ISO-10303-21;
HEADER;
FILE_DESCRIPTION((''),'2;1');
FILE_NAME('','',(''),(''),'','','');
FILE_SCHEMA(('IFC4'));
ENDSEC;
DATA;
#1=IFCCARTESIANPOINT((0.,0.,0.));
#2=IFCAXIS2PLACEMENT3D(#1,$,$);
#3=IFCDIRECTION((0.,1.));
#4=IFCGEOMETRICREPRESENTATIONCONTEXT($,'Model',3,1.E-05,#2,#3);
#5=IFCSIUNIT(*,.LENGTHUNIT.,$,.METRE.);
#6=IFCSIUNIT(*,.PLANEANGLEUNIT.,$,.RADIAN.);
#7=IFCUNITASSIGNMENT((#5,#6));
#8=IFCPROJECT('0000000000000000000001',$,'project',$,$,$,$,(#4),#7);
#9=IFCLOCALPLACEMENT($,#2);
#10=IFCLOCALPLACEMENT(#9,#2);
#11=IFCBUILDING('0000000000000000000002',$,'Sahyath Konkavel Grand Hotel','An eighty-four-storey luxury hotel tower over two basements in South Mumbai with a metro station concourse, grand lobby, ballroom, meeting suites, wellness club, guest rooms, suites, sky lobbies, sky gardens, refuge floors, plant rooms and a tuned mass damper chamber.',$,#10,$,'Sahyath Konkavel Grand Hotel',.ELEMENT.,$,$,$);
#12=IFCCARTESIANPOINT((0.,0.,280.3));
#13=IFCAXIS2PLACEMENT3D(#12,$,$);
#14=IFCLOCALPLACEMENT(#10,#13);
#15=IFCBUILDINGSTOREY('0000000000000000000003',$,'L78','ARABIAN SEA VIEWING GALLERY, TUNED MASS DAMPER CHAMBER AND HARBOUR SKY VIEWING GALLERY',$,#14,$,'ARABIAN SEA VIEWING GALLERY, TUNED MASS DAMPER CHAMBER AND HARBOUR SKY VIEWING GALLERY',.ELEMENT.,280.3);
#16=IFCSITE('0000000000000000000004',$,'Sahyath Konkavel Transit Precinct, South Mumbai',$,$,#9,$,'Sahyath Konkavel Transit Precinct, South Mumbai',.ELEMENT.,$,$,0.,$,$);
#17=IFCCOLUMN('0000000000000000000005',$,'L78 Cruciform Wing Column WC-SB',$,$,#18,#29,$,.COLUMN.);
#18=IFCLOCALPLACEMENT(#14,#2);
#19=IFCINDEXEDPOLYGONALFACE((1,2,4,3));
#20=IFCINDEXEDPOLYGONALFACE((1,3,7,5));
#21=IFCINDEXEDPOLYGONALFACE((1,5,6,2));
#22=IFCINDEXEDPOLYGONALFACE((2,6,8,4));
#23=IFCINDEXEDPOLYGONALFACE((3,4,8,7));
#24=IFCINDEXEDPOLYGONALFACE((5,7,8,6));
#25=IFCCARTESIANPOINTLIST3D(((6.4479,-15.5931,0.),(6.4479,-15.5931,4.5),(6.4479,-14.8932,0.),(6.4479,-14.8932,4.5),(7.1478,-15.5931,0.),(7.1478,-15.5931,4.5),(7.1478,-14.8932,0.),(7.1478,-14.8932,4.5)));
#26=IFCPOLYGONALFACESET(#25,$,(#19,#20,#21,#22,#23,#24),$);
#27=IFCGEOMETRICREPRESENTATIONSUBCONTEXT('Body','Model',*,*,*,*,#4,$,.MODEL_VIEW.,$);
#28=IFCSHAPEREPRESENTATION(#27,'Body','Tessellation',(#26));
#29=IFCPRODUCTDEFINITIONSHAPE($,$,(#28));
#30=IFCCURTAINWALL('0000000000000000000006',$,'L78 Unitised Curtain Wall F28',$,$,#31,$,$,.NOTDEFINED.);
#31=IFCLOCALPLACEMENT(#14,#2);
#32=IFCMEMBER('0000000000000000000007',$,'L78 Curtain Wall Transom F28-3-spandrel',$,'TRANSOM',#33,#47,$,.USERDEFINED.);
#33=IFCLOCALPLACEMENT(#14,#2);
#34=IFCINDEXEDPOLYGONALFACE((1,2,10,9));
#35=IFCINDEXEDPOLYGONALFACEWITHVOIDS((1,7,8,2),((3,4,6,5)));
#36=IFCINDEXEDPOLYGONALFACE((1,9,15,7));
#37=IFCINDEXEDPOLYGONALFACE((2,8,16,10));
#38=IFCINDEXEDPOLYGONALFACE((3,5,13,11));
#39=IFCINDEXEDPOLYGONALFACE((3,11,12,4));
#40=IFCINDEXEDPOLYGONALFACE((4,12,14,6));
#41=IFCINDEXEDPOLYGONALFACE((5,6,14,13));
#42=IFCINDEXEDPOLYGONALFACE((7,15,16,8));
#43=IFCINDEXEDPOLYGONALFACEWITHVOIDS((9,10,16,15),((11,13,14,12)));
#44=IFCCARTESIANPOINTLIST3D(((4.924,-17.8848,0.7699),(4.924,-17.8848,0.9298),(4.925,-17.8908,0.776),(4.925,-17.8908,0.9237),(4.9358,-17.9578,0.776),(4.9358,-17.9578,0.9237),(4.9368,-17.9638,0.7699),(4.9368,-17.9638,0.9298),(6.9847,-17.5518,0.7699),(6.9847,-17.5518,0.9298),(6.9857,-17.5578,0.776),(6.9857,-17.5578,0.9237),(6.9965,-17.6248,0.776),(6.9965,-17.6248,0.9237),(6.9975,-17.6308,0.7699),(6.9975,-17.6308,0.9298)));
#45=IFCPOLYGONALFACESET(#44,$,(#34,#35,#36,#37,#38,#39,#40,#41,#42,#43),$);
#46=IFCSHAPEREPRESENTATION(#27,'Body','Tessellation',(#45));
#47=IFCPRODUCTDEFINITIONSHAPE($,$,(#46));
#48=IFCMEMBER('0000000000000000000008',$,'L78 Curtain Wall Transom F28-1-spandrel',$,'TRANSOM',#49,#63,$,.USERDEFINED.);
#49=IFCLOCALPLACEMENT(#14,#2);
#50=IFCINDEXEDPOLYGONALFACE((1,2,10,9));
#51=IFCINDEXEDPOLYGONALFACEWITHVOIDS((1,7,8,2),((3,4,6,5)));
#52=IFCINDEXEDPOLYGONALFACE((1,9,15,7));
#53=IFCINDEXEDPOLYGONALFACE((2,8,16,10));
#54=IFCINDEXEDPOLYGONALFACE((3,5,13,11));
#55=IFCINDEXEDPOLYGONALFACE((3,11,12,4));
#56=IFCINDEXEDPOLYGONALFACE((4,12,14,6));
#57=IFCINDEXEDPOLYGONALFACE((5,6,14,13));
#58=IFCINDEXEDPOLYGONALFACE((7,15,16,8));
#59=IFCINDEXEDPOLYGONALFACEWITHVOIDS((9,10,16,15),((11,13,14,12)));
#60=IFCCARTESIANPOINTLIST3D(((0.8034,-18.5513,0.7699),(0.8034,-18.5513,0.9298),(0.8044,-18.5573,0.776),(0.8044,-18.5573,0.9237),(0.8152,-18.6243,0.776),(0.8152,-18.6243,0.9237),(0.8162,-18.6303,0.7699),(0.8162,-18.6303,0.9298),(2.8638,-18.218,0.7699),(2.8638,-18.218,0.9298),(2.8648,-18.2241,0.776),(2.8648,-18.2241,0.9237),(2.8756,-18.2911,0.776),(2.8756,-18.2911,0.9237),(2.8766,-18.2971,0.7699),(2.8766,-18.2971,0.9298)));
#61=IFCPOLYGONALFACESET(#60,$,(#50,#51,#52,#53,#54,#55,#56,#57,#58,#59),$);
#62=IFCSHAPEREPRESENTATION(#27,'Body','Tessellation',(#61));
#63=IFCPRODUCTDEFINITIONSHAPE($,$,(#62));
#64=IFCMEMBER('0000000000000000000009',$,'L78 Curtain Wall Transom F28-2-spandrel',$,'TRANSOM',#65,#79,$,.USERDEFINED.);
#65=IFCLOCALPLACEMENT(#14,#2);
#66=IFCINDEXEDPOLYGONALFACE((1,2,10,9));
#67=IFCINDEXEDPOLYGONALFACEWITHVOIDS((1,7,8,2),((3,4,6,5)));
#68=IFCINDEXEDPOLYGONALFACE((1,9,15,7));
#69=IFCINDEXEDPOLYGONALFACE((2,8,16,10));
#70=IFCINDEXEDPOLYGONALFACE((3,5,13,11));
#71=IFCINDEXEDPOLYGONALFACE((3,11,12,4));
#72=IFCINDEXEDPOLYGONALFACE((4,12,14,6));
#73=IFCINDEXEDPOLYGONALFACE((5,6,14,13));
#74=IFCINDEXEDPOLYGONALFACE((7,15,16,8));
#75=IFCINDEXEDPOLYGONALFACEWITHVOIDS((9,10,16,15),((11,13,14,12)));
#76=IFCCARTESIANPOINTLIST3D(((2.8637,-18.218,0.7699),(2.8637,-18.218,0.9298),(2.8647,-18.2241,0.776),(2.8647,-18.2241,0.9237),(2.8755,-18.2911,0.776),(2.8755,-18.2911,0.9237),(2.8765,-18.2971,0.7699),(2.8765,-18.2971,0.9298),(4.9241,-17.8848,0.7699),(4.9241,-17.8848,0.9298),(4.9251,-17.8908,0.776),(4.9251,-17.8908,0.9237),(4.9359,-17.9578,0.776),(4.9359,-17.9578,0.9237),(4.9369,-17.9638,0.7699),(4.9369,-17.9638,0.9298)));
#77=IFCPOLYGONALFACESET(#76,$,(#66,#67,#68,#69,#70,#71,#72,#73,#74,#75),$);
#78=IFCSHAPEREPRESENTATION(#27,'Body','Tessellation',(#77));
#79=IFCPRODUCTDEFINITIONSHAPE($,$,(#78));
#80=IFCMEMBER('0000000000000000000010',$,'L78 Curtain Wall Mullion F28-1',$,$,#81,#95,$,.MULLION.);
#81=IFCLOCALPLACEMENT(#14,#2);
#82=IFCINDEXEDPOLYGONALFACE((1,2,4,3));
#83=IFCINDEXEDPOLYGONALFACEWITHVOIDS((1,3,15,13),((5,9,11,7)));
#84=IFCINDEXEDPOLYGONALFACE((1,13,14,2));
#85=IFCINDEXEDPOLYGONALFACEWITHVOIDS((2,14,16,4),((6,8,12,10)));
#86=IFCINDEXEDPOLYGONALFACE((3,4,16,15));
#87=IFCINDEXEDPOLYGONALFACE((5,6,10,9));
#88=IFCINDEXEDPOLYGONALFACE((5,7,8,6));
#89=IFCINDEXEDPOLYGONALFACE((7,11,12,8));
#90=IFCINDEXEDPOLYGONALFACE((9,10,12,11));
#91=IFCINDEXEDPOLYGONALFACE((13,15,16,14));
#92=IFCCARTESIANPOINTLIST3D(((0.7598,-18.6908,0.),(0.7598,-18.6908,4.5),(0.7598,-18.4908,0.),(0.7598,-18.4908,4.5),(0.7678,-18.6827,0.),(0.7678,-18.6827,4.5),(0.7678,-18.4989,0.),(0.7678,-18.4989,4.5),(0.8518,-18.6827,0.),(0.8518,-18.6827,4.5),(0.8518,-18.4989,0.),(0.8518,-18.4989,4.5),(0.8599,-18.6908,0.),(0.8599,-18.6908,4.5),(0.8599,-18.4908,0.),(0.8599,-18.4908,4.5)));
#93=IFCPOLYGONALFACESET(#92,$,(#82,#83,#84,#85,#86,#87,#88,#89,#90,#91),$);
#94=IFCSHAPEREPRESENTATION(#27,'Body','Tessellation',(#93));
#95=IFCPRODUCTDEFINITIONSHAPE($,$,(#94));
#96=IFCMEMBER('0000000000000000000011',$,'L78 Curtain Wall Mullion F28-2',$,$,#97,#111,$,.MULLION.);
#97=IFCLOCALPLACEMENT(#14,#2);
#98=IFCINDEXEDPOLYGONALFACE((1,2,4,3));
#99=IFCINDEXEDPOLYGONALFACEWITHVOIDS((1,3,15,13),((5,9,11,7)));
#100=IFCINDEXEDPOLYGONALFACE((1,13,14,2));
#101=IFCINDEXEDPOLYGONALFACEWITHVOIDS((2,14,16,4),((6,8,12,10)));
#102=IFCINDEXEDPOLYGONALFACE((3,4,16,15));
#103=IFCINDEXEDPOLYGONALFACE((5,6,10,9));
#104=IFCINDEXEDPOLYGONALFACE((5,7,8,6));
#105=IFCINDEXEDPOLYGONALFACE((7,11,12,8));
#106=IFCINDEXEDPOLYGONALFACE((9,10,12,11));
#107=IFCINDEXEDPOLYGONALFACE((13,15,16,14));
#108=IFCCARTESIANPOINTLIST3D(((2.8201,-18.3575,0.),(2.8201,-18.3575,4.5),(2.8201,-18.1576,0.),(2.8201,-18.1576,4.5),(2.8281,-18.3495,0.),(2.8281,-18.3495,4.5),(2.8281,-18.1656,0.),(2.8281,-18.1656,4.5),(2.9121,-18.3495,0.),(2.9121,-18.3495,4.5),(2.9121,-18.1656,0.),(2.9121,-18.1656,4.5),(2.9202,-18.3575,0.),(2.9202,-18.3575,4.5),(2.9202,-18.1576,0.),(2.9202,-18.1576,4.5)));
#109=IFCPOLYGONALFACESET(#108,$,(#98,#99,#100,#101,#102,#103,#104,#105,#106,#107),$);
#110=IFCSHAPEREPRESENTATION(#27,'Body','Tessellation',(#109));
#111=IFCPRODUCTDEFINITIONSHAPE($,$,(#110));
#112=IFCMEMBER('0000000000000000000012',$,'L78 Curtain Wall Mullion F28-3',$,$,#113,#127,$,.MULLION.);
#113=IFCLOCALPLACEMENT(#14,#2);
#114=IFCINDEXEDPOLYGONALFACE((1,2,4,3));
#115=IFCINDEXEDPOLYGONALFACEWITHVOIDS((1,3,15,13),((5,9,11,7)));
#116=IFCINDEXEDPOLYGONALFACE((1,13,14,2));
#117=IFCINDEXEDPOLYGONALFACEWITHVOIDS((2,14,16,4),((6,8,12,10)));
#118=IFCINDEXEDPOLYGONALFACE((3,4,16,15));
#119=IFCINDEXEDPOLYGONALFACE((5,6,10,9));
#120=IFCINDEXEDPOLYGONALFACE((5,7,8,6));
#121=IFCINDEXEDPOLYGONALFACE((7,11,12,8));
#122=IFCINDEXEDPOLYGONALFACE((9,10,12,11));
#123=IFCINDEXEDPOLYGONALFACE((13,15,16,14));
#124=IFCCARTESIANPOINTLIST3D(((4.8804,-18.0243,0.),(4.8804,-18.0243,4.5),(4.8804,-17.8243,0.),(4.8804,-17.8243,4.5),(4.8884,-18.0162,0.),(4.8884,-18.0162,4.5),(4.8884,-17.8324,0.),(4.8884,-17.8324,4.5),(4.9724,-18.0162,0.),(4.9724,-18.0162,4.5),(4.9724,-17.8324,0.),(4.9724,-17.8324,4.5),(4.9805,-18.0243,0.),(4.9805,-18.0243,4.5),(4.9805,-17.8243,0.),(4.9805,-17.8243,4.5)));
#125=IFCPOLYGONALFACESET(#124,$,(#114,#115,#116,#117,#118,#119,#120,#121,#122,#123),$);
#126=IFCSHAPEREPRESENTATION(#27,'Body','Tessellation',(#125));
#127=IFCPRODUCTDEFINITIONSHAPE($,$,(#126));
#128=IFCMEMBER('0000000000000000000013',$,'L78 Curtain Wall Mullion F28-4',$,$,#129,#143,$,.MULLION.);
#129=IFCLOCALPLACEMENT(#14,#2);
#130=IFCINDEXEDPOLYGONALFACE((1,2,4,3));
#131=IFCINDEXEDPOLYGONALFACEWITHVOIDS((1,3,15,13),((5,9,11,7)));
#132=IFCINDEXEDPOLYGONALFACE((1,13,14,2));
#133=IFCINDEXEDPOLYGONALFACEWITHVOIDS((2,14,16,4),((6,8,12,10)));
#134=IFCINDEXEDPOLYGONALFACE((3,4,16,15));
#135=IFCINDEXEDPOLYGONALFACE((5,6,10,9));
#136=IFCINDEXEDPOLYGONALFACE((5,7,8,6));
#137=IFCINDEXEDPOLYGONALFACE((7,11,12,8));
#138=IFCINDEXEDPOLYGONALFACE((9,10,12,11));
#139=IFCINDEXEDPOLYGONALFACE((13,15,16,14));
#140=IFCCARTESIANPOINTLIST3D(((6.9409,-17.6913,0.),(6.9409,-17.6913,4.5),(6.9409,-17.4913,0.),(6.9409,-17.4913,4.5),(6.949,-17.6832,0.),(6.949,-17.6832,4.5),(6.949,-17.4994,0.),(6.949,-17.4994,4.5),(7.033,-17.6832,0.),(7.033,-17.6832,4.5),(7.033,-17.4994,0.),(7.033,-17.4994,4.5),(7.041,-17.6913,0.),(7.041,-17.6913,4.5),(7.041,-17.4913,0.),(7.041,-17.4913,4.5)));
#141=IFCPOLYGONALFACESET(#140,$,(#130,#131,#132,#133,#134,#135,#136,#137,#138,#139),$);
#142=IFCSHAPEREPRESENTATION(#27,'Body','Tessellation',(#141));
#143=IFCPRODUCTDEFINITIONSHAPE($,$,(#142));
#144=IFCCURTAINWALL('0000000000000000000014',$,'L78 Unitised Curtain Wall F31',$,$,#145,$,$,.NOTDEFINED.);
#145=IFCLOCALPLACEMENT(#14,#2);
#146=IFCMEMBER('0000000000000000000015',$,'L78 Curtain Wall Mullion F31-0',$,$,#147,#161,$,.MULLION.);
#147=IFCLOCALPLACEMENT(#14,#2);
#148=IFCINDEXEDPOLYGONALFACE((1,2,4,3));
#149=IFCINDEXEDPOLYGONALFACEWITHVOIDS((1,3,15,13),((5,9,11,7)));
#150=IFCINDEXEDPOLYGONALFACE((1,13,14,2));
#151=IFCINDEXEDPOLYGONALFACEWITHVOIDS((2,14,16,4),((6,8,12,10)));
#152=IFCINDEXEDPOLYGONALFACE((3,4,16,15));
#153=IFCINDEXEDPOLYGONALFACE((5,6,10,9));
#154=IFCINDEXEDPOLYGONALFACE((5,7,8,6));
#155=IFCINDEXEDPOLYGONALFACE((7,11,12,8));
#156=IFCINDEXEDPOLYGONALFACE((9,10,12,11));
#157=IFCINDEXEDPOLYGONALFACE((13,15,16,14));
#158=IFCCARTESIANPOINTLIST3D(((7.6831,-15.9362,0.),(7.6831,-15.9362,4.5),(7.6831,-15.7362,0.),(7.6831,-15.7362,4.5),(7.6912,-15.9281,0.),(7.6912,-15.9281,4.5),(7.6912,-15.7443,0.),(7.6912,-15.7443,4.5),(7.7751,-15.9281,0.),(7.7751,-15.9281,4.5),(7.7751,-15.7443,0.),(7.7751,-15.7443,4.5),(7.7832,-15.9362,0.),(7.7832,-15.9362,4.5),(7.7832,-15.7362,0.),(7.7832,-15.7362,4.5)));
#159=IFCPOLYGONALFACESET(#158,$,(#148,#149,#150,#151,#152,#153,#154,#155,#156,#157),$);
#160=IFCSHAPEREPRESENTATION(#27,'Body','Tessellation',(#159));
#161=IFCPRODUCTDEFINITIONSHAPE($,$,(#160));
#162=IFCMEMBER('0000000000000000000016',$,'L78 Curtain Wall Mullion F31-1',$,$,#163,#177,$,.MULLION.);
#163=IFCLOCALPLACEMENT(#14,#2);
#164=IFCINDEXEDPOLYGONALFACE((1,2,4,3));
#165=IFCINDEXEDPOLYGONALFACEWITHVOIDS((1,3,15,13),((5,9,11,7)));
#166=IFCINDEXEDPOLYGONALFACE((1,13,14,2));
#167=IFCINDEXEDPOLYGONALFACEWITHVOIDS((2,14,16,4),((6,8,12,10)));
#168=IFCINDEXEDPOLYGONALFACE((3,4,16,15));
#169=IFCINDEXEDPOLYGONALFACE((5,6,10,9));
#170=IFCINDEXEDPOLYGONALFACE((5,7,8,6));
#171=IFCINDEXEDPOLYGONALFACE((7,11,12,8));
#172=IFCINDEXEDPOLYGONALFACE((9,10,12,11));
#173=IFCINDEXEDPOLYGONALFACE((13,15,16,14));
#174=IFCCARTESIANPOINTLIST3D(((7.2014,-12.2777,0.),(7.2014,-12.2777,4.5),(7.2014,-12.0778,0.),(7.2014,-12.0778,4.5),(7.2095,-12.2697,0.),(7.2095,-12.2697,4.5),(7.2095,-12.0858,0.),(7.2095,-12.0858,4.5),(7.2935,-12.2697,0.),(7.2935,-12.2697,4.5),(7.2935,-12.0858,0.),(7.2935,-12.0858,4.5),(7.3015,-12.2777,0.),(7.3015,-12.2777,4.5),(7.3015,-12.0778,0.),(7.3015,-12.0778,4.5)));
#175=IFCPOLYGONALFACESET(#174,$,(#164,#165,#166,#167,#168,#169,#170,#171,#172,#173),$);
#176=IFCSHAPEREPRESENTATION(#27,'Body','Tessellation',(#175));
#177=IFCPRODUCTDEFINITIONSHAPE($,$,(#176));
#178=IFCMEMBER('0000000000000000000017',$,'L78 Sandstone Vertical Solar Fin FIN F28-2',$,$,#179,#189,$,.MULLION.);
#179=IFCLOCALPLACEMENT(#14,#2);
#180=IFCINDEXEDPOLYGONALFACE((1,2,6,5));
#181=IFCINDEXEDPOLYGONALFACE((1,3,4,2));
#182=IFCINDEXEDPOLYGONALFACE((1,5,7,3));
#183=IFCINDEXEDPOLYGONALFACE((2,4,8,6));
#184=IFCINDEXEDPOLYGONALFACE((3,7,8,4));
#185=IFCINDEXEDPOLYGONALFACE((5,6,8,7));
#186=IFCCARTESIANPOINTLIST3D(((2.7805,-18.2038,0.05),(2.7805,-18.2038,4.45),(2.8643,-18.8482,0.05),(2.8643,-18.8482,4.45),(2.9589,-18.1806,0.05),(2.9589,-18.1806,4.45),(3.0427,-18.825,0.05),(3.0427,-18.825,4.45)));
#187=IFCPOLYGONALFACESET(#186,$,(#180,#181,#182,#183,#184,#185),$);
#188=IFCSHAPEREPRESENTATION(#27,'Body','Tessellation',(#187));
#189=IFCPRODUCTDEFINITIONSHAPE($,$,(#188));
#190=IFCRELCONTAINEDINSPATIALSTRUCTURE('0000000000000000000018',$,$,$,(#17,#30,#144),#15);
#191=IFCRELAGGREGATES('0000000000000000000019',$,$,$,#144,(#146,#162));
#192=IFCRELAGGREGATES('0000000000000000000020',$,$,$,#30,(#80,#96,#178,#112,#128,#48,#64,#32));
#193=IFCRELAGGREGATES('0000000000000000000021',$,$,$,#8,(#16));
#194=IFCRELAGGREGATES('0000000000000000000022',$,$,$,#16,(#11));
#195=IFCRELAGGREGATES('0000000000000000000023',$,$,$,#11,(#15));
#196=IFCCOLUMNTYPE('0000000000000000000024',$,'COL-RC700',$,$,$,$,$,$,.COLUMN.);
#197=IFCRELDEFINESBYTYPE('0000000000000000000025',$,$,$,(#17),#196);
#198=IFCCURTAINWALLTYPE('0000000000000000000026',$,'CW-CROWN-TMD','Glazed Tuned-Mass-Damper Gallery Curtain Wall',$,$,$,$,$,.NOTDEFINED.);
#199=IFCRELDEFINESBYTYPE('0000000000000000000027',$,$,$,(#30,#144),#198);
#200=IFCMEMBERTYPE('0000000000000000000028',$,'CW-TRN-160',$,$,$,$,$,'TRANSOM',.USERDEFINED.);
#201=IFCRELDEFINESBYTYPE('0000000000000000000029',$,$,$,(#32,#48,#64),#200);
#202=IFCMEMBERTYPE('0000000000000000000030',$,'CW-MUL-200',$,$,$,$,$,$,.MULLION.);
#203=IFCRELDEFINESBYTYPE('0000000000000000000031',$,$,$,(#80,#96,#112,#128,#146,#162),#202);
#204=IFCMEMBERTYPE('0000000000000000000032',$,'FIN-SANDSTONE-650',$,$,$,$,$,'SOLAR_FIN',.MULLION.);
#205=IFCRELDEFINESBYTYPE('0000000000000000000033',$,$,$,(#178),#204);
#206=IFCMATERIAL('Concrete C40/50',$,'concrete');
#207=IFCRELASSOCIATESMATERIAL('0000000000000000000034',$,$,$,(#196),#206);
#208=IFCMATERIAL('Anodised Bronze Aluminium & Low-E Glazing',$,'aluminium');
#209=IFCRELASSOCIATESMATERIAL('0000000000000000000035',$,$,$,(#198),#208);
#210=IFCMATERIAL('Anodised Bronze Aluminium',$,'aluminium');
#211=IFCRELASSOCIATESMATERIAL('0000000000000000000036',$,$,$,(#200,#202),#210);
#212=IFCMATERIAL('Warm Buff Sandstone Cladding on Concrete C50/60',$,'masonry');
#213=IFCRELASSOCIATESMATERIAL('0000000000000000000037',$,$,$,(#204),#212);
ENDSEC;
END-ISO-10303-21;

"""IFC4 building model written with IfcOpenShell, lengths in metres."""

from ifc_helpers import new_model, si_unit, direction, frame, origin, origin_2d, place, context, subcontext, project, spatial, rectangle, hollow_rectangle, extrude, source, transform, mapped, material, material_profile, profile_set, type_object, element, aggregate, save


model = new_model("IFC4")

# Units and contexts
model_context = context("Model", 3, precision=1e-05, world=origin(), true_north=direction((0.0, 1.0)))
body_context = subcontext(model_context, "Body", "Model", "MODEL_VIEW")
ifc_project = project(units=[si_unit("LENGTHUNIT", "METRE"), si_unit("PLANEANGLEUNIT", "RADIAN")], contexts=[model_context])

# Site, building, storey
site_placement = place(None, origin())
site = spatial("IfcSite", under=ifc_project, at=site_placement, Name="Sahyath Konkavel Transit Precinct, South Mumbai", LongName="Sahyath Konkavel Transit Precinct, South Mumbai", CompositionType="ELEMENT", RefElevation=0.0)
building_placement = place(site_placement, origin())
building = spatial("IfcBuilding", under=site, at=building_placement, Name="Sahyath Konkavel Grand Hotel", Description="An eighty-four-storey luxury hotel tower over two basements in South Mumbai with a metro station concourse, grand lobby, ballroom, meeting suites, wellness club, guest rooms, suites, sky lobbies, sky gardens, refuge floors, plant rooms and a tuned mass damper chamber.", LongName="Sahyath Konkavel Grand Hotel", CompositionType="ELEMENT")
storey_placement = place(building_placement, frame((0.0, 0.0, 280.3)))
storey = spatial("IfcBuildingStorey", under=building, at=storey_placement, Name="L78", Description="ARABIAN SEA VIEWING GALLERY, TUNED MASS DAMPER CHAMBER AND HARBOUR SKY VIEWING GALLERY", LongName="ARABIAN SEA VIEWING GALLERY, TUNED MASS DAMPER CHAMBER AND HARBOUR SKY VIEWING GALLERY", CompositionType="ELEMENT", Elevation=280.3)

# Column
ifc_material_1 = material(Name="Concrete C40/50", Category="concrete")
ifc_material_profile_1 = material_profile(ifc_material_1, rectangle(XDim=0.7, YDim=0.7, at=origin_2d()), Name="RC 700x700")
ifc_profile_set_1 = profile_set([ifc_material_profile_1], Name="Concrete C40/50")
column_type = type_object("IfcColumnType", Name="COL-RC700", PredefinedType="COLUMN", material=ifc_profile_set_1)
shared_shape_1 = source(origin(), body_context, "Body", "SweptSolid", [
    extrude(rectangle(XDim=0.7, YDim=0.7, at=origin_2d()), origin(), (0.0, 0.0, 1.0), 4.5),
])
column_placement = place(storey_placement, frame((6.7979, -15.2432, 0.0), z_axis=(0.0, 0.0, 1.0), x_axis=(1.0, 0.0, 0.0)))
element("IfcColumn", 1, at=column_placement, inside=storey, type_object=column_type, Name="L78 Cruciform Wing Column WC-SB", PredefinedType="COLUMN", context=body_context, shape_type="MappedRepresentation", body=[
    mapped(shared_shape_1, transform((0.0, 0.0, 0.0), scale=1.0)),
])

# Curtain walls, members
ifc_material_2 = material(Name="Anodised Bronze Aluminium & Low-E Glazing", Category="aluminium")
curtain_wall_type = type_object("IfcCurtainWallType", Name="CW-CROWN-TMD", Description="Glazed Tuned-Mass-Damper Gallery Curtain Wall", PredefinedType="NOTDEFINED", material=ifc_material_2)
curtain_wall_1_placement = place(storey_placement, origin())
curtain_wall_1 = element("IfcCurtainWall", 2, at=curtain_wall_1_placement, inside=storey, type_object=curtain_wall_type, Name="L78 Unitised Curtain Wall F28", PredefinedType="NOTDEFINED")
ifc_material_3 = material(Name="Anodised Bronze Aluminium", Category="aluminium")
ifc_material_profile_2 = material_profile(ifc_material_3, hollow_rectangle(XDim=0.0801, YDim=0.1599, WallThickness=0.0061, at=origin_2d()), Name="RHS 160x80x6")
ifc_profile_set_2 = profile_set([ifc_material_profile_2], Name="Anodised Bronze Aluminium")
member_type_1 = type_object("IfcMemberType", Name="CW-TRN-160", ElementType="TRANSOM", PredefinedType="USERDEFINED", material=ifc_profile_set_2)
shared_shape_2 = source(origin(), body_context, "Body", "SweptSolid", [
    extrude(hollow_rectangle(XDim=0.0801, YDim=0.1599, WallThickness=0.0061, at=origin_2d()), origin(), (0.0, 0.0, 1.0), 2.0874),
])
member_1_placement = place(storey_placement, frame((4.9304, -17.9243, 0.8499), z_axis=(0.987191, 0.159541, 0.0), x_axis=(-0.159541, 0.987191, 0.0)))
member_1 = element("IfcMember", 3, at=member_1_placement, type_object=member_type_1, Name="L78 Curtain Wall Transom F28-3-spandrel", ObjectType="TRANSOM", PredefinedType="USERDEFINED", context=body_context, shape_type="MappedRepresentation", body=[
    mapped(shared_shape_2, transform((0.0, 0.0, 0.0), scale=1.0)),
])
shared_shape_3 = source(origin(), body_context, "Body", "SweptSolid", [
    extrude(hollow_rectangle(XDim=0.0801, YDim=0.1599, WallThickness=0.0061, at=origin_2d()), origin(), (0.0, 0.0, 1.0), 2.0872),
])
member_2_placement = place(storey_placement, frame((0.8098, -18.5908, 0.8499), z_axis=(0.98717, 0.159674, 0.0), x_axis=(-0.159674, 0.98717, 0.0)))
member_2 = element("IfcMember", 4, at=member_2_placement, type_object=member_type_1, Name="L78 Curtain Wall Transom F28-1-spandrel", ObjectType="TRANSOM", PredefinedType="USERDEFINED", context=body_context, shape_type="MappedRepresentation", body=[
    mapped(shared_shape_3, transform((0.0, 0.0, 0.0), scale=1.0)),
])
member_3_placement = place(storey_placement, frame((2.8701, -18.2576, 0.8499), z_axis=(0.98717, 0.159674, 0.0), x_axis=(-0.159674, 0.98717, 0.0)))
member_3 = element("IfcMember", 5, at=member_3_placement, type_object=member_type_1, Name="L78 Curtain Wall Transom F28-2-spandrel", ObjectType="TRANSOM", PredefinedType="USERDEFINED", context=body_context, shape_type="MappedRepresentation", body=[
    mapped(shared_shape_3, transform((0.0, 0.0, 0.0), scale=1.0)),
])
ifc_material_profile_3 = material_profile(ifc_material_3, hollow_rectangle(XDim=0.1001, YDim=0.2, WallThickness=0.0081, at=origin_2d()), Name="RHS 200x100x8")
ifc_profile_set_3 = profile_set([ifc_material_profile_3], Name="Anodised Bronze Aluminium")
member_type_2 = type_object("IfcMemberType", Name="CW-MUL-200", PredefinedType="MULLION", material=ifc_profile_set_3)
shared_shape_4 = source(origin(), body_context, "Body", "SweptSolid", [
    extrude(hollow_rectangle(XDim=0.1001, YDim=0.2, WallThickness=0.0081, at=origin_2d()), origin(), (0.0, 0.0, 1.0), 4.5),
])
member_4_placement = place(storey_placement, frame((0.8098, -18.5908, 0.0), z_axis=(0.0, 0.0, 1.0), x_axis=(1.0, 0.0, 0.0)))
member_4 = element("IfcMember", 6, at=member_4_placement, type_object=member_type_2, Name="L78 Curtain Wall Mullion F28-1", PredefinedType="MULLION", context=body_context, shape_type="MappedRepresentation", body=[
    mapped(shared_shape_4, transform((0.0, 0.0, 0.0), scale=1.0)),
])
member_5_placement = place(storey_placement, frame((2.8701, -18.2576, 0.0), z_axis=(0.0, 0.0, 1.0), x_axis=(1.0, 0.0, 0.0)))
member_5 = element("IfcMember", 7, at=member_5_placement, type_object=member_type_2, Name="L78 Curtain Wall Mullion F28-2", PredefinedType="MULLION", context=body_context, shape_type="MappedRepresentation", body=[
    mapped(shared_shape_4, transform((0.0, 0.0, 0.0), scale=1.0)),
])
member_6_placement = place(storey_placement, frame((4.9304, -17.9243, 0.0), z_axis=(0.0, 0.0, 1.0), x_axis=(1.0, 0.0, 0.0)))
member_6 = element("IfcMember", 8, at=member_6_placement, type_object=member_type_2, Name="L78 Curtain Wall Mullion F28-3", PredefinedType="MULLION", context=body_context, shape_type="MappedRepresentation", body=[
    mapped(shared_shape_4, transform((0.0, 0.0, 0.0), scale=1.0)),
])
member_7_placement = place(storey_placement, frame((6.991, -17.5913, 0.0), z_axis=(0.0, 0.0, 1.0), x_axis=(1.0, 0.0, 0.0)))
member_7 = element("IfcMember", 9, at=member_7_placement, type_object=member_type_2, Name="L78 Curtain Wall Mullion F28-4", PredefinedType="MULLION", context=body_context, shape_type="MappedRepresentation", body=[
    mapped(shared_shape_4, transform((0.0, 0.0, 0.0), scale=1.0)),
])
curtain_wall_2_placement = place(storey_placement, origin())
curtain_wall_2 = element("IfcCurtainWall", 10, at=curtain_wall_2_placement, inside=storey, type_object=curtain_wall_type, Name="L78 Unitised Curtain Wall F31", PredefinedType="NOTDEFINED")
member_8_placement = place(storey_placement, frame((7.7332, -15.8362, 0.0), z_axis=(0.0, 0.0, 1.0), x_axis=(1.0, 0.0, 0.0)))
member_8 = element("IfcMember", 11, at=member_8_placement, type_object=member_type_2, Name="L78 Curtain Wall Mullion F31-0", PredefinedType="MULLION", context=body_context, shape_type="MappedRepresentation", body=[
    mapped(shared_shape_4, transform((0.0, 0.0, 0.0), scale=1.0)),
])
member_9_placement = place(storey_placement, frame((7.2515, -12.1777, 0.0), z_axis=(0.0, 0.0, 1.0), x_axis=(1.0, 0.0, 0.0)))
member_9 = element("IfcMember", 12, at=member_9_placement, type_object=member_type_2, Name="L78 Curtain Wall Mullion F31-1", PredefinedType="MULLION", context=body_context, shape_type="MappedRepresentation", body=[
    mapped(shared_shape_4, transform((0.0, 0.0, 0.0), scale=1.0)),
])

# Member
ifc_material_4 = material(Name="Warm Buff Sandstone Cladding on Concrete C50/60", Category="masonry")
ifc_material_profile_4 = material_profile(ifc_material_4, rectangle(XDim=0.1799, YDim=0.6499, at=origin_2d()), Name="FIN 180x650")
ifc_profile_set_4 = profile_set([ifc_material_profile_4], Name="Warm Buff Sandstone Cladding on Concrete C50/60")
member_type_3 = type_object("IfcMemberType", Name="FIN-SANDSTONE-650", ElementType="SOLAR_FIN", PredefinedType="MULLION", material=ifc_profile_set_4)
shared_shape_5 = source(origin(), body_context, "Body", "SweptSolid", [
    extrude(rectangle(XDim=0.1799, YDim=0.6499, at=origin_2d()), origin(), (0.0, 0.0, 1.0), 4.3999),
])
member_10_placement = place(storey_placement, frame((2.9116, -18.5144, 0.05), z_axis=(0.0, 0.0, 1.0), x_axis=(0.991649, 0.128969, 0.0)))
member_10 = element("IfcMember", 13, at=member_10_placement, type_object=member_type_3, Name="L78 Sandstone Vertical Solar Fin FIN F28-2", PredefinedType="MULLION", context=body_context, shape_type="MappedRepresentation", body=[
    mapped(shared_shape_5, transform((0.0, 0.0, 0.0), scale=1.0)),
])

aggregate(curtain_wall_2, [member_8, member_9])
aggregate(curtain_wall_1, [member_4, member_5, member_10, member_6, member_7, member_2, member_3, member_1])

save(model, "model.ifc")
